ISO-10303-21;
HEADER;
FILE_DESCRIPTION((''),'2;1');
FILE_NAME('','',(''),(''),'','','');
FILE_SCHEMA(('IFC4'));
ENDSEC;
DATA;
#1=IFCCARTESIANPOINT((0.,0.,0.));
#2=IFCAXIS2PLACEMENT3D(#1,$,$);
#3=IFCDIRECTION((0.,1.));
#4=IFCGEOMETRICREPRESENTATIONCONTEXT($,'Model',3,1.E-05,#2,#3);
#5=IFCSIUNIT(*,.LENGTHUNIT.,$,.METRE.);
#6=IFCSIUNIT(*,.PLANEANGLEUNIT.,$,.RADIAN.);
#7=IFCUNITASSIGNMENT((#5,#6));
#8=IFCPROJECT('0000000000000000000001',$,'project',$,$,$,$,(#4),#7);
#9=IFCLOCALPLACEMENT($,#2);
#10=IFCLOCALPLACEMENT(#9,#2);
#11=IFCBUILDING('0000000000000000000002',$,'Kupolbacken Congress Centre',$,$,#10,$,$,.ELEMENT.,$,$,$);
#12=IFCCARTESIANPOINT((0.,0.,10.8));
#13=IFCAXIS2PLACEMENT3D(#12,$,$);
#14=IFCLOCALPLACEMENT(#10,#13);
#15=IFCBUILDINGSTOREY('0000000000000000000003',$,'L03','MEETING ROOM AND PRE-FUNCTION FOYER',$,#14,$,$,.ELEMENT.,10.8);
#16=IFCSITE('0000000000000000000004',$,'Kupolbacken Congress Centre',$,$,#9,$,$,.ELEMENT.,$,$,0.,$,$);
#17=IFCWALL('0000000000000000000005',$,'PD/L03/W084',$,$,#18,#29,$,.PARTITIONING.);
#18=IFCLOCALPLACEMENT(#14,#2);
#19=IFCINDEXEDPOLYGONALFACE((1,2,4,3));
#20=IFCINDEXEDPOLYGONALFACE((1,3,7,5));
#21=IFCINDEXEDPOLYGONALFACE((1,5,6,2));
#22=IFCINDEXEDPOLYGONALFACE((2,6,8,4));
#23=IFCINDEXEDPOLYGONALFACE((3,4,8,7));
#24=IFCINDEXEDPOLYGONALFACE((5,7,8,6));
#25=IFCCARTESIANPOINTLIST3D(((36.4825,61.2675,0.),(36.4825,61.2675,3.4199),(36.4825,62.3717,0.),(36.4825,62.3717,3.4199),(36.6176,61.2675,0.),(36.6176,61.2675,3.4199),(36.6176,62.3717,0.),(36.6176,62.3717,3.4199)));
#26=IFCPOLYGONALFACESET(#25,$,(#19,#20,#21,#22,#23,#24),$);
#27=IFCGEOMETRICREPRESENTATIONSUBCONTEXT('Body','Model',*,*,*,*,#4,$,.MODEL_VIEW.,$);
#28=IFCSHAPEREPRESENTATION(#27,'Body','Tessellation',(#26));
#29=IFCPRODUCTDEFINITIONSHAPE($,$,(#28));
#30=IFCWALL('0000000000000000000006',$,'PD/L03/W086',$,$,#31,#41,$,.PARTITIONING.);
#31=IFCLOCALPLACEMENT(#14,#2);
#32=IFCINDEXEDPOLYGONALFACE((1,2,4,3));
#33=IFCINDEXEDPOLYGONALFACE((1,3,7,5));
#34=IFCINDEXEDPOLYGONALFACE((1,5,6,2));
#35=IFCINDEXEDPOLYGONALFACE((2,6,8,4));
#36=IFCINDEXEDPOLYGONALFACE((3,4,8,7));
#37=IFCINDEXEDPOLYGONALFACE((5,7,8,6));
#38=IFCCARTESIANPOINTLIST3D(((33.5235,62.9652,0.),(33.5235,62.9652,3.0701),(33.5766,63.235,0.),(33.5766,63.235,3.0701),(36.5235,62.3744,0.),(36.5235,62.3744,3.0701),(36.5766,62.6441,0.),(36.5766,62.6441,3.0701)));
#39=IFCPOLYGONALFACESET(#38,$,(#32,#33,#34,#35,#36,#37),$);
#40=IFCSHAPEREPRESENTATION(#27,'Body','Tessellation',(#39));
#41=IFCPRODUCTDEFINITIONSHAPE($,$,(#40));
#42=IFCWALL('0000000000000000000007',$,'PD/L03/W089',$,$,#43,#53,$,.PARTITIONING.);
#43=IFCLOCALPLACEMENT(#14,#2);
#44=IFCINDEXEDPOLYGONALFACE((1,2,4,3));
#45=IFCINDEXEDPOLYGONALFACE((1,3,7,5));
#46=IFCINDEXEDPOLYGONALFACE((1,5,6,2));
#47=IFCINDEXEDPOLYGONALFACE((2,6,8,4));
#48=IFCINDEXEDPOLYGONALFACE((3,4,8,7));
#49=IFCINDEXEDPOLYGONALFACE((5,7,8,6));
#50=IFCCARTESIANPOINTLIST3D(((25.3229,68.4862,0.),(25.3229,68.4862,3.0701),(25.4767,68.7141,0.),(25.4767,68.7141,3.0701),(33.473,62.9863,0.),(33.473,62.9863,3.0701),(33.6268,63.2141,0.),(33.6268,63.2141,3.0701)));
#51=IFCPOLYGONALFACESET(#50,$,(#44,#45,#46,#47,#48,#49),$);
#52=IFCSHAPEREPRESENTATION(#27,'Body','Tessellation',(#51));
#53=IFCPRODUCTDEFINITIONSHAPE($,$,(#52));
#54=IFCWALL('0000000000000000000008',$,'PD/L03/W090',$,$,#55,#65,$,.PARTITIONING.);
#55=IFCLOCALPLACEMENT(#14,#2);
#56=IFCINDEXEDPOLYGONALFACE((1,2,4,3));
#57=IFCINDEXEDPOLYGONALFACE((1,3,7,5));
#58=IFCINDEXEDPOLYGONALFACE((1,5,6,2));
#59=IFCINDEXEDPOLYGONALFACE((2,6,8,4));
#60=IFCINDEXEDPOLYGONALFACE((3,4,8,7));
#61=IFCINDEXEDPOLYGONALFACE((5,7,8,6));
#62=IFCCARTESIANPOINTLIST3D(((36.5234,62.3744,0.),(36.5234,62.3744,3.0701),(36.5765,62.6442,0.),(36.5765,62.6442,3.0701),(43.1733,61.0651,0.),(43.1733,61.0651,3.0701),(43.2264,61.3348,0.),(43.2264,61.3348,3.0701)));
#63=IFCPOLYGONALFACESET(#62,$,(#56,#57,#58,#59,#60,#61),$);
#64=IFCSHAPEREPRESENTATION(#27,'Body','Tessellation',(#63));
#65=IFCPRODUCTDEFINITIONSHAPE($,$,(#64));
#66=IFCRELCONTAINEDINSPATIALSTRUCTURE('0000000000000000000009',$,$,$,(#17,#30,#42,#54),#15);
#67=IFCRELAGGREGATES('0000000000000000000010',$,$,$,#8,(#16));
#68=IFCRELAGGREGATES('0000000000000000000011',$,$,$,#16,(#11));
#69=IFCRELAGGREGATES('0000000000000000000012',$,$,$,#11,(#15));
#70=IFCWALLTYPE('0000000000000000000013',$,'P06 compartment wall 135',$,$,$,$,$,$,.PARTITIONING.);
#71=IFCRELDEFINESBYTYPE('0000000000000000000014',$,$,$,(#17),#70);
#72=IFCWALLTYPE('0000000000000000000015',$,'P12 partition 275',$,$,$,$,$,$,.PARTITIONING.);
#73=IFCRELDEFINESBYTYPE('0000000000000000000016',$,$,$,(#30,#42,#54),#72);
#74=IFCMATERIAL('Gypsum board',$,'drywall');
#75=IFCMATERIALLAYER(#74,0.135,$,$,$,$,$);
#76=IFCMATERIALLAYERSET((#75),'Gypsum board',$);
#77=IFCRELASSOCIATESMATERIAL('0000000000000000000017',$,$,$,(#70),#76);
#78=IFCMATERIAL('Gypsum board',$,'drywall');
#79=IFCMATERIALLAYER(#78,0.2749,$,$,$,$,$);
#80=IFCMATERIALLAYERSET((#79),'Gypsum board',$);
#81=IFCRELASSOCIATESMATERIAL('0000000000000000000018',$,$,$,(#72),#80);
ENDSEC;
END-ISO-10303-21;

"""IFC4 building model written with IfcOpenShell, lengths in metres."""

from ifc_helpers import new_model, si_unit, direction, frame, frame_2d, origin, place, context, subcontext, project, spatial, rectangle, extrude, material, layer, layer_set, type_object, element, save


model = new_model("IFC4")

# Units and contexts
model_context = context("Model", 3, precision=1e-05, world=origin(), true_north=direction((0.0, 1.0)))
body_context = subcontext(model_context, "Body", "Model", "MODEL_VIEW")
ifc_project = project(units=[si_unit("LENGTHUNIT", "METRE"), si_unit("PLANEANGLEUNIT", "RADIAN")], contexts=[model_context])

# Site, building, storey
site_placement = place(None, origin())
site = spatial("IfcSite", under=ifc_project, at=site_placement, Name="Kupolbacken Congress Centre", CompositionType="ELEMENT", RefElevation=0.0)
building_placement = place(site_placement, origin())
building = spatial("IfcBuilding", under=site, at=building_placement, Name="Kupolbacken Congress Centre", CompositionType="ELEMENT")
storey_placement = place(building_placement, frame((0.0, 0.0, 10.8)))
storey = spatial("IfcBuildingStorey", under=building, at=storey_placement, Name="L03", Description="MEETING ROOM AND PRE-FUNCTION FOYER", CompositionType="ELEMENT", Elevation=10.8)

# Shared definitions
ifc_material_1 = material(Name="Gypsum board", Category="drywall")
ifc_layer_1 = layer(ifc_material_1, 0.135)
ifc_layer_set_1 = layer_set([ifc_layer_1], Name="Gypsum board")
wall_type_1 = type_object("IfcWallType", Name="P06 compartment wall 135", PredefinedType="PARTITIONING", material=ifc_layer_set_1)

# Walls
wall_1_placement = place(storey_placement, frame((36.55, 62.3718, 0.0), z_axis=(0.0, 0.0, 1.0), x_axis=(0.0, -1.0, 0.0)))
element("IfcWall", 1, at=wall_1_placement, inside=storey, type_object=wall_type_1, Name="PD/L03/W084", PredefinedType="PARTITIONING", context=body_context, shape_type="SweptSolid", body=[
    extrude(rectangle(XDim=1.1042, YDim=0.135, at=frame_2d((0.5522, 0.0))), origin(), (0.0, 0.0, 1.0), 3.4199),
])
ifc_material_2 = material(Name="Gypsum board", Category="drywall")
ifc_layer_2 = layer(ifc_material_2, 0.2749)
ifc_layer_set_2 = layer_set([ifc_layer_2], Name="Gypsum board")
wall_type_2 = type_object("IfcWallType", Name="P12 partition 275", PredefinedType="PARTITIONING", material=ifc_layer_set_2)
wall_2_placement = place(storey_placement, frame((33.55, 63.1001, 0.0), z_axis=(0.0, 0.0, 1.0), x_axis=(0.981154, -0.193229, 0.0)))
element("IfcWall", 2, at=wall_2_placement, inside=storey, type_object=wall_type_2, Name="PD/L03/W086", PredefinedType="PARTITIONING", context=body_context, shape_type="SweptSolid", body=[
    extrude(rectangle(XDim=3.0576, YDim=0.2749, at=frame_2d((1.5288, 0.0))), origin(), (0.0, 0.0, 1.0), 3.0701),
])
wall_3_placement = place(storey_placement, frame((25.3999, 68.6001, 0.0), z_axis=(0.0, 0.0, 1.0), x_axis=(0.828912, -0.559379, 0.0)))
element("IfcWall", 3, at=wall_3_placement, inside=storey, type_object=wall_type_2, Name="PD/L03/W089", PredefinedType="PARTITIONING", context=body_context, shape_type="SweptSolid", body=[
    extrude(rectangle(XDim=9.8323, YDim=0.2749, at=frame_2d((4.916, 0.0))), origin(), (0.0, 0.0, 1.0), 3.0701),
])
wall_4_placement = place(storey_placement, frame((36.55, 62.5093, 0.0), z_axis=(0.0, 0.0, 1.0), x_axis=(0.981162, -0.193185, 0.0)))
element("IfcWall", 4, at=wall_4_placement, inside=storey, type_object=wall_type_2, Name="PD/L03/W090", PredefinedType="PARTITIONING", context=body_context, shape_type="SweptSolid", body=[
    extrude(rectangle(XDim=6.7776, YDim=0.2749, at=frame_2d((3.3887, 0.0))), origin(), (0.0, 0.0, 1.0), 3.0701),
])

save(model, "model.ifc")
